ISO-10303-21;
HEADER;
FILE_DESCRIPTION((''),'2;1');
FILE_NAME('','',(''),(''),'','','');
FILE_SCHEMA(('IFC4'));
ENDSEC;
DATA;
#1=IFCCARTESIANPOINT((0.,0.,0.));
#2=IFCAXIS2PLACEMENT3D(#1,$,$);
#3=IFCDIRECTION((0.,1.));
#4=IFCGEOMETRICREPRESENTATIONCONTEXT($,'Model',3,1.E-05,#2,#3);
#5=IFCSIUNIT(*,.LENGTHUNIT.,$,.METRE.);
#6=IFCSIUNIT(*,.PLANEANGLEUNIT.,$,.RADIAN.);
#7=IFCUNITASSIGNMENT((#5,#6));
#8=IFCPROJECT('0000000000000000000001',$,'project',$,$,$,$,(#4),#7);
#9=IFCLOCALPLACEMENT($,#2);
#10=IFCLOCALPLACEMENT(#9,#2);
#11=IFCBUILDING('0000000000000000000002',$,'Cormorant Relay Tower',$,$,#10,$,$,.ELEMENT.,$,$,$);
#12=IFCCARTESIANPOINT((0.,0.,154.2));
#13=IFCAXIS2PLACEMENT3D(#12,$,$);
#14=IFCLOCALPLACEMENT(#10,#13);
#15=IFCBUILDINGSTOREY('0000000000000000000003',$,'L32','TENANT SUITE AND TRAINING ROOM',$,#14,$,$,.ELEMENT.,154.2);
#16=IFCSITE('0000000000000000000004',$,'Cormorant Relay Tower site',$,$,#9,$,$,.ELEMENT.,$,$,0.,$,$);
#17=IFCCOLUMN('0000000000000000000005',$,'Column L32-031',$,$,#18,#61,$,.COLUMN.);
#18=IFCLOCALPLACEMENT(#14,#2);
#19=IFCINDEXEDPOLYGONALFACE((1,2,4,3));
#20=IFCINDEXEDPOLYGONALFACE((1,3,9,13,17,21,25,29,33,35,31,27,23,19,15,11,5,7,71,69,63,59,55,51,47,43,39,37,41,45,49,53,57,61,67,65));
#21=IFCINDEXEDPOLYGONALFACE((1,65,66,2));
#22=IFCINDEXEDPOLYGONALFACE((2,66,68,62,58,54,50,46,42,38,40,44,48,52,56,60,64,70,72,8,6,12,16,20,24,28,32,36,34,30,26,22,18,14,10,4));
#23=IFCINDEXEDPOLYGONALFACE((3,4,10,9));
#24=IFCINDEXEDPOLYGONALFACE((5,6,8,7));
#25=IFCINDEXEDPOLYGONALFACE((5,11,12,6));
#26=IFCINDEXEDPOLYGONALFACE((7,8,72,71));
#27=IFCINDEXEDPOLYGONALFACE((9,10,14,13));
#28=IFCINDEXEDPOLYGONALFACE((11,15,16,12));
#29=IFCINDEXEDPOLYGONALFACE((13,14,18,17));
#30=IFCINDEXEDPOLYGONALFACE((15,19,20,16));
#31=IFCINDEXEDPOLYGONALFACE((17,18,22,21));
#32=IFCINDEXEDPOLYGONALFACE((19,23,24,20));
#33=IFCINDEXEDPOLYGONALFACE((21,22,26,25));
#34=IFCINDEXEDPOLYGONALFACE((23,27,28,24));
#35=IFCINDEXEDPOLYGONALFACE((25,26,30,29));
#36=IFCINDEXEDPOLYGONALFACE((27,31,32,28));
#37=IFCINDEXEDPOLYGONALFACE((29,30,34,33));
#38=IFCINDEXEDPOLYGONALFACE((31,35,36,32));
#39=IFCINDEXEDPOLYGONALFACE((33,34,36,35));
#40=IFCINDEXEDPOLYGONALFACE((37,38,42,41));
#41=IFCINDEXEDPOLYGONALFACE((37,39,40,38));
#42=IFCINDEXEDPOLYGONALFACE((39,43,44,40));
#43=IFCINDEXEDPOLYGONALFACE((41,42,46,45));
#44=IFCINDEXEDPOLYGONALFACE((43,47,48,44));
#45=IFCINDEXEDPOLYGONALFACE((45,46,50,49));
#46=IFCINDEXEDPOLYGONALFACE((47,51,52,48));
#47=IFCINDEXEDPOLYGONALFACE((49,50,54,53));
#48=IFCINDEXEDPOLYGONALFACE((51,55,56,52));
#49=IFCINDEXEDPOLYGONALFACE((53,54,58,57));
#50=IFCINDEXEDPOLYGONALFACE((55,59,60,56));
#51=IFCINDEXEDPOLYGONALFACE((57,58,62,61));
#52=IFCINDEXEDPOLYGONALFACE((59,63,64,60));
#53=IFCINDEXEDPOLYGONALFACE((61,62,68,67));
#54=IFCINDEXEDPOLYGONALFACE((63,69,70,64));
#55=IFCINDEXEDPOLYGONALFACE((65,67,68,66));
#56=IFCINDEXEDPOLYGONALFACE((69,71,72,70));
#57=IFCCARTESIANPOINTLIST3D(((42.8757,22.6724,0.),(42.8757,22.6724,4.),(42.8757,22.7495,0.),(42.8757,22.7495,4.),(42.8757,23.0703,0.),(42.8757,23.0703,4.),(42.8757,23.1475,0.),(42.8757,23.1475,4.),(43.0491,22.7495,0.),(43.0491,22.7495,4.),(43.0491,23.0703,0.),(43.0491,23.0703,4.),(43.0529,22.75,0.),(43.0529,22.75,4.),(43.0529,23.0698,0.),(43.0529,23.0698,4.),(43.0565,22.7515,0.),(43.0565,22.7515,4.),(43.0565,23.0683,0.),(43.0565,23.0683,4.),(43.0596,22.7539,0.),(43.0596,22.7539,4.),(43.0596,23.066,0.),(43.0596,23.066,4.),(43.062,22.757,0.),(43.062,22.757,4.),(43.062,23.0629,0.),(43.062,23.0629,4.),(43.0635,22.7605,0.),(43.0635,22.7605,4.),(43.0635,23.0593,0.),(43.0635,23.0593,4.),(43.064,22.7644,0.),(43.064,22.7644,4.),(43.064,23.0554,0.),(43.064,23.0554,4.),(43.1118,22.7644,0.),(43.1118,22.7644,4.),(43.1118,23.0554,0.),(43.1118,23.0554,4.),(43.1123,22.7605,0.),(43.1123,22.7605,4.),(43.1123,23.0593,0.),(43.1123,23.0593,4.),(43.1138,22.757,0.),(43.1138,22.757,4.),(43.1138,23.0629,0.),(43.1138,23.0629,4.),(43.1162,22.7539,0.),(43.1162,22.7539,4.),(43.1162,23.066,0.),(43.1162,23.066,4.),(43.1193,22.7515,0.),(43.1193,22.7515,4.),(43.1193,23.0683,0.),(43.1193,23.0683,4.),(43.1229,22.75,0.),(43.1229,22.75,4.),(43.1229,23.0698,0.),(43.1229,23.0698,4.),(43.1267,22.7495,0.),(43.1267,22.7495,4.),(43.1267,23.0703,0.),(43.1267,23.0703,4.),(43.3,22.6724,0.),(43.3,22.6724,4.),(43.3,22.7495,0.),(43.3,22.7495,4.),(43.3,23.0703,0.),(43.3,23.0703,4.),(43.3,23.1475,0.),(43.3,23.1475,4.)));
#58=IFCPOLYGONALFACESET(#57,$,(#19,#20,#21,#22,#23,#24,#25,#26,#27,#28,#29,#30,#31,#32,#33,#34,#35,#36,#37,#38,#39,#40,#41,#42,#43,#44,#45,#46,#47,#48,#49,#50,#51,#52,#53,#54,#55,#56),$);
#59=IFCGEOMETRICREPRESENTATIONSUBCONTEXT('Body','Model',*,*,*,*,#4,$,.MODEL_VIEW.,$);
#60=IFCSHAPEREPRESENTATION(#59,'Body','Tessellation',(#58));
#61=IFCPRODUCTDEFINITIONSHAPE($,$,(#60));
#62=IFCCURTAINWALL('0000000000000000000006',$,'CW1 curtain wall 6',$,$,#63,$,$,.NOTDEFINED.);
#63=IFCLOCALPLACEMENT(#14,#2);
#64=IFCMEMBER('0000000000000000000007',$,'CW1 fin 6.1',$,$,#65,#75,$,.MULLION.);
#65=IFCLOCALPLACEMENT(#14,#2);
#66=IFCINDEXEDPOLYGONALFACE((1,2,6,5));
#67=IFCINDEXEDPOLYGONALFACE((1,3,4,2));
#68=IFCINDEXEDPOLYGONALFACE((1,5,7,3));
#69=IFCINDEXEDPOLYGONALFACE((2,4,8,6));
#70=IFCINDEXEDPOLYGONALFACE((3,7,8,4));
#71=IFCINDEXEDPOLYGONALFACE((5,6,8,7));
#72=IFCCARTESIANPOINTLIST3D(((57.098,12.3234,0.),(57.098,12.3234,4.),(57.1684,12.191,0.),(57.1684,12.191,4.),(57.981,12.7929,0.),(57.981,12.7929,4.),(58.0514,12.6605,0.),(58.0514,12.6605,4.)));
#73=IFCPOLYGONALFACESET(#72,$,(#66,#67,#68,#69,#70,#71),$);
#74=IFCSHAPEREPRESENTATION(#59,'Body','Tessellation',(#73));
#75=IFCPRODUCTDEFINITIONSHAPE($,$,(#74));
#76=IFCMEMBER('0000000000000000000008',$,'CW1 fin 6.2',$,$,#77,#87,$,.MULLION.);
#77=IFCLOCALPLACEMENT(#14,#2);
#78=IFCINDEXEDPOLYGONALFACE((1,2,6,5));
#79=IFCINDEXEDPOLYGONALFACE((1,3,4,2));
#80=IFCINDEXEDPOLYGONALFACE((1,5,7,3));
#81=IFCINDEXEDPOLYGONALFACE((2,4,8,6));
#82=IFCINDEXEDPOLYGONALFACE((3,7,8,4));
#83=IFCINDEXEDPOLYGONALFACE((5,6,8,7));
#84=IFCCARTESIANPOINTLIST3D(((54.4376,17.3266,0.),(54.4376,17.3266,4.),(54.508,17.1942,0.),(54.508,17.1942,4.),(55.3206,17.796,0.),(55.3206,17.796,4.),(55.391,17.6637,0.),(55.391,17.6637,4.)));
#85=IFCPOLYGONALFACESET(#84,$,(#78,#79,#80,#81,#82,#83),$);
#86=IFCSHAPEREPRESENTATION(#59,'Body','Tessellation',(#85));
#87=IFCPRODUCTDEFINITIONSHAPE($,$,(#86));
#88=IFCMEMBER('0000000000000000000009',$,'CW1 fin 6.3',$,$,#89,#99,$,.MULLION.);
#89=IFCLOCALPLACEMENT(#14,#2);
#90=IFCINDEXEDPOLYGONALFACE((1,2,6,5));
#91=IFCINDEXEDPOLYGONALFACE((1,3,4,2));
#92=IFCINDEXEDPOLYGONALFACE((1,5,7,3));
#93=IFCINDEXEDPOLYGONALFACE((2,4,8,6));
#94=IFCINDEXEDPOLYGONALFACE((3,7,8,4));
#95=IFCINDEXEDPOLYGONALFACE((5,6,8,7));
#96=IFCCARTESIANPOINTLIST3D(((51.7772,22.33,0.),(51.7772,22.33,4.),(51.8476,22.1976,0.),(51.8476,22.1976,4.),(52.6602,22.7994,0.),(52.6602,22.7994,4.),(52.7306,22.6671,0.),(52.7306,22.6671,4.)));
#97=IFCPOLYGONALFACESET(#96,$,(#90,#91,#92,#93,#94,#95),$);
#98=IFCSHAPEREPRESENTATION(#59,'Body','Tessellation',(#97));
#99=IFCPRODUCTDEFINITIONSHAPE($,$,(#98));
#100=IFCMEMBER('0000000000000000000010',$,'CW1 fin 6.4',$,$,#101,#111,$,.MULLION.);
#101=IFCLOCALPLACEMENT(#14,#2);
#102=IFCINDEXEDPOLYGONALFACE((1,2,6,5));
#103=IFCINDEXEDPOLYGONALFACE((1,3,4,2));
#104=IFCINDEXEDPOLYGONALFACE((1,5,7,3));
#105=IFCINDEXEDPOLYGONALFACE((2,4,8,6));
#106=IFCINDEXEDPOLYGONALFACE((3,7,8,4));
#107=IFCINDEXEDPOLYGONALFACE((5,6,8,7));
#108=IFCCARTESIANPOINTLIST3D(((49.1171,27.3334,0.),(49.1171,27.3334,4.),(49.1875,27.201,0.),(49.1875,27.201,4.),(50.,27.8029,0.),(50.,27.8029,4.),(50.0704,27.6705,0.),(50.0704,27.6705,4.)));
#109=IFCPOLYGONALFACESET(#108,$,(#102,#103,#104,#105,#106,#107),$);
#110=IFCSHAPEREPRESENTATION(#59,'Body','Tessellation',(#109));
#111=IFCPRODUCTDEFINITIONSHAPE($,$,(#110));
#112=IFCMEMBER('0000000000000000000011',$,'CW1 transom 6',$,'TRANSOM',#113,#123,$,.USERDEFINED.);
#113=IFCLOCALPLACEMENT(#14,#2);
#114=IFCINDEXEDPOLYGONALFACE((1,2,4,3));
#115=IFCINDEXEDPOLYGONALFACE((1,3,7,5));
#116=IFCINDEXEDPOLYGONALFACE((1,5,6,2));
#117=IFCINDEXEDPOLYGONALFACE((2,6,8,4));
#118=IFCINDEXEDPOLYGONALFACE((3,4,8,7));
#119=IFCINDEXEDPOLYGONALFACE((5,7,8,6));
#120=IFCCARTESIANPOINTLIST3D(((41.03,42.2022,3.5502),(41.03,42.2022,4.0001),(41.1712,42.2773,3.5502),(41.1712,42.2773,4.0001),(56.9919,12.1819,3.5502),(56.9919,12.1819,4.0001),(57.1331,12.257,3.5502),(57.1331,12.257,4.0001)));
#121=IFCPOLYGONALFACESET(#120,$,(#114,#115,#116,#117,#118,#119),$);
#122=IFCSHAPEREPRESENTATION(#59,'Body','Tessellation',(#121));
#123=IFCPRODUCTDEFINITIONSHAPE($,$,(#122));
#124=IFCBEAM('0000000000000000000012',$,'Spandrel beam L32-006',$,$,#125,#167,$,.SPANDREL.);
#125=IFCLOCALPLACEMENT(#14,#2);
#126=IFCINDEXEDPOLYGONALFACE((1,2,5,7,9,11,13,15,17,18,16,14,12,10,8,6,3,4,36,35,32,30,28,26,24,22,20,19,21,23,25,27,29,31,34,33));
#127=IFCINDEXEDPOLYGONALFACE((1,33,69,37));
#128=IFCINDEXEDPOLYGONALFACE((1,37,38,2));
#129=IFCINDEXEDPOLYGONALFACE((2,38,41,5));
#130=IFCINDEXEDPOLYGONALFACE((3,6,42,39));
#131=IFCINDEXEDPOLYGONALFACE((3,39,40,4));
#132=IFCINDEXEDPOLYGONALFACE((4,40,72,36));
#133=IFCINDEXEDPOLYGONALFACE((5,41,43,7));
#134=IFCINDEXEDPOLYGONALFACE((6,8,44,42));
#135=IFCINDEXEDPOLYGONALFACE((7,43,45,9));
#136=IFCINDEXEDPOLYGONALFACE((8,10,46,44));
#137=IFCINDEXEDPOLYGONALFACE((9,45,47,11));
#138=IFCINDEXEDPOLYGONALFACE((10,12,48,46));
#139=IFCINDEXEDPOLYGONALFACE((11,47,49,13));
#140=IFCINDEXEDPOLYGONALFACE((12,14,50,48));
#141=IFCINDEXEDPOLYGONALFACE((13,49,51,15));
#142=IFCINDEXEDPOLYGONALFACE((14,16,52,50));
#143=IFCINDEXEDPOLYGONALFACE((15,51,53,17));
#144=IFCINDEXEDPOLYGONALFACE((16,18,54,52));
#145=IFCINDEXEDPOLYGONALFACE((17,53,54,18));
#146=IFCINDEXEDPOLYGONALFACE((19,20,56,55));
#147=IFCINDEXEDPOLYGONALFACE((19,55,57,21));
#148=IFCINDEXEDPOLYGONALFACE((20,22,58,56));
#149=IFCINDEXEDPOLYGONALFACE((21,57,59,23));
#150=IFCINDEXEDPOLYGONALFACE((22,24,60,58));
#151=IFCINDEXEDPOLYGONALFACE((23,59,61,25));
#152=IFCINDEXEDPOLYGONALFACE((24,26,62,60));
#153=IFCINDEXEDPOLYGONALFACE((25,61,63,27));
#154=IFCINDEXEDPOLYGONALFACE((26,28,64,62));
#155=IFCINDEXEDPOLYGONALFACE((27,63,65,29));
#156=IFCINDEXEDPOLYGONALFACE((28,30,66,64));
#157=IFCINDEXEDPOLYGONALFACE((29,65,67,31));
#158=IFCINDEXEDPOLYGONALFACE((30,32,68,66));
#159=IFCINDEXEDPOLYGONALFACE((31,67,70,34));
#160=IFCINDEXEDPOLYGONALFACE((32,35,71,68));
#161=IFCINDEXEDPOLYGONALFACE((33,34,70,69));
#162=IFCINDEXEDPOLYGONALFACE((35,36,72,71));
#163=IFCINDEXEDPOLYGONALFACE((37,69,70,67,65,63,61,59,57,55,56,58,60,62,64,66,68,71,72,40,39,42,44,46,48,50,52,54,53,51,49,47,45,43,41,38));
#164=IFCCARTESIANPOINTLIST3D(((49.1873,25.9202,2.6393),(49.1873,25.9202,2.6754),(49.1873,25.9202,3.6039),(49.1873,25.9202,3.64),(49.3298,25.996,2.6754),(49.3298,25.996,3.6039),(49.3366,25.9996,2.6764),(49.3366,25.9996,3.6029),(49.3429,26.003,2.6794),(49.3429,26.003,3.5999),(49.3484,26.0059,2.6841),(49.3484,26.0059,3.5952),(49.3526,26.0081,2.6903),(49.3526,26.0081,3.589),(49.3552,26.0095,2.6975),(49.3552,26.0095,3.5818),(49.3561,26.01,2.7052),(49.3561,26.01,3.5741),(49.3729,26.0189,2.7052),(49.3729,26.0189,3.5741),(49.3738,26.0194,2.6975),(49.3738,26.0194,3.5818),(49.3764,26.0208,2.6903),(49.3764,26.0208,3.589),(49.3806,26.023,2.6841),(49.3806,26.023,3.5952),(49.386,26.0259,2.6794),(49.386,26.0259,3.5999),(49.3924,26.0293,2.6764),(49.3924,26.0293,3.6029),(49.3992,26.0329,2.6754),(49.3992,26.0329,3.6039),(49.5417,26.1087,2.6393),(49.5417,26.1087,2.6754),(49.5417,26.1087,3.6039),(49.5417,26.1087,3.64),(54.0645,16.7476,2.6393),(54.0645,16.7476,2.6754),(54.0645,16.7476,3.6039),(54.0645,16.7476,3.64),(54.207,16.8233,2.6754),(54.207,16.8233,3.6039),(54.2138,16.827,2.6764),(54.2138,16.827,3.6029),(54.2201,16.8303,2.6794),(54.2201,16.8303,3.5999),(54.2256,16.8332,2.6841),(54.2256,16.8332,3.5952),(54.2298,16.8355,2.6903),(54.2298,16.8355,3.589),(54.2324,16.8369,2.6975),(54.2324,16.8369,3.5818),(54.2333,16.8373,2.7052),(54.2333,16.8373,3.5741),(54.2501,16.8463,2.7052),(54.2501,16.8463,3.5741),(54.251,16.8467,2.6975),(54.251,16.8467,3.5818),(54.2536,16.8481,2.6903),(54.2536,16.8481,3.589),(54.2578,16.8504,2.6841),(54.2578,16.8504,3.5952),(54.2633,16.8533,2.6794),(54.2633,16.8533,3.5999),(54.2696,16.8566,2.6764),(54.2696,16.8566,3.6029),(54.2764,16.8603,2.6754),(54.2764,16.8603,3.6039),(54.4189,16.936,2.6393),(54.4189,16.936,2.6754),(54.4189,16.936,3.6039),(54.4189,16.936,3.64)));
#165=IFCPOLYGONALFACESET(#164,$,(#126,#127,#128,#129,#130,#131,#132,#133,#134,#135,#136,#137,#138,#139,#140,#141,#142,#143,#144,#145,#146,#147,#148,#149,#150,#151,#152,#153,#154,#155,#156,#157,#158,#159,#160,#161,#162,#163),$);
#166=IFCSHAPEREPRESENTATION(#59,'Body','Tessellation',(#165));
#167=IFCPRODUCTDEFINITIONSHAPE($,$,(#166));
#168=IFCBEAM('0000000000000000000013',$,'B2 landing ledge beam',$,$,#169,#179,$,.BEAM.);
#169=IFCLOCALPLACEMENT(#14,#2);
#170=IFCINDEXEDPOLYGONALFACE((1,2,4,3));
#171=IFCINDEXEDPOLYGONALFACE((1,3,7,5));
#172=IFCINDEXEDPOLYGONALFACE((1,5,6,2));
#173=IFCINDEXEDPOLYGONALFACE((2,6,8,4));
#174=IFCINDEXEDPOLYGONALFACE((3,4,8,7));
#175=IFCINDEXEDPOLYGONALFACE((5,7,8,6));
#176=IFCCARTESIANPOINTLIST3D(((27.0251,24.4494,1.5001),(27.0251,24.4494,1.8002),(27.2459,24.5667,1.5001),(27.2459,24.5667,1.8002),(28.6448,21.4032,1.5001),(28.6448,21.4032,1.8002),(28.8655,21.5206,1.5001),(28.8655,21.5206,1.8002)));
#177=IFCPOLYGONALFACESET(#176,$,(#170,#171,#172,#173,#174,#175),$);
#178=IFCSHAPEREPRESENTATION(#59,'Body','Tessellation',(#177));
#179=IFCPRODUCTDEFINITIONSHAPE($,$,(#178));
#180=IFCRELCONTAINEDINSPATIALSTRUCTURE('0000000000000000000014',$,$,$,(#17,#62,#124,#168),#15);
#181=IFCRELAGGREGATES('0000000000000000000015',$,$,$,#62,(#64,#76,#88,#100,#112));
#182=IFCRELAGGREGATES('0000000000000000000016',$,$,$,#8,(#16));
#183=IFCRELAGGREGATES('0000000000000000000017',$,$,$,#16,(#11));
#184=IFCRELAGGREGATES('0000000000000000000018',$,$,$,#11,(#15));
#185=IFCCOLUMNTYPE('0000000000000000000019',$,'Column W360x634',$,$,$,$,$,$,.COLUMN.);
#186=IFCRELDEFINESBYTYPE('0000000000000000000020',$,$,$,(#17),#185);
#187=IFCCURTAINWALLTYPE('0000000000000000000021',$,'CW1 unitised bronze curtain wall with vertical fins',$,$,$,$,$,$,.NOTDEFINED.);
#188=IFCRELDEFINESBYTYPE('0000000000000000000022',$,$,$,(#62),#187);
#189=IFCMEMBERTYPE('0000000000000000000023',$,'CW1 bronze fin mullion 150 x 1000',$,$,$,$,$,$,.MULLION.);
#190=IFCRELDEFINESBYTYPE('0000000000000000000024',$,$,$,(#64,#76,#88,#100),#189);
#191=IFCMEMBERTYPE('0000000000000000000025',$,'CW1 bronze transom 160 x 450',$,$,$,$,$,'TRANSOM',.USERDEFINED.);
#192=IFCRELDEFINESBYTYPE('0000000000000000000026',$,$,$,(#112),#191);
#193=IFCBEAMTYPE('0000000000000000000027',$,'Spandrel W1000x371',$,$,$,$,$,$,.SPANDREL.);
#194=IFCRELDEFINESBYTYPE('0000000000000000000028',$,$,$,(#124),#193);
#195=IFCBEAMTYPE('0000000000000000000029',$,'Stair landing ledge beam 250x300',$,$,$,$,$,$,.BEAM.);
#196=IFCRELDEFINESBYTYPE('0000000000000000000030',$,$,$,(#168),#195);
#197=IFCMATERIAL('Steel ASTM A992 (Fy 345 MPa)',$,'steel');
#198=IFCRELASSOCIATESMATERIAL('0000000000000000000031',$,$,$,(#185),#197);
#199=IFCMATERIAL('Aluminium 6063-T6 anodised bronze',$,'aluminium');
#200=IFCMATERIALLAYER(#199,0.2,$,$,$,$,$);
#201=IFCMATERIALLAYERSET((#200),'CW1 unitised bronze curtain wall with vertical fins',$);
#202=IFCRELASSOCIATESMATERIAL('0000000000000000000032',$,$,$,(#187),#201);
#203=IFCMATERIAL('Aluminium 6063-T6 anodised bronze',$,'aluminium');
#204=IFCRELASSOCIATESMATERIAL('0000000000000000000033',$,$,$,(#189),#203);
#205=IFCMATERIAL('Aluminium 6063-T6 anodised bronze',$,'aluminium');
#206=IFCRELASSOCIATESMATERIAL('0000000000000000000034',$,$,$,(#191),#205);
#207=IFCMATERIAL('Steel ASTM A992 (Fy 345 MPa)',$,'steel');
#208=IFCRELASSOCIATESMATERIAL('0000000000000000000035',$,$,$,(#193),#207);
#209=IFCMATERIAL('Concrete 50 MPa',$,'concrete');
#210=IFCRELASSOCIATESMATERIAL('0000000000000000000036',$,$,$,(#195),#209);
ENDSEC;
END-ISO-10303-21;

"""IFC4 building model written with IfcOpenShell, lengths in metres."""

from ifc_helpers import new_model, si_unit, direction, frame, origin, origin_2d, place, context, subcontext, project, spatial, rectangle, i_section, extrude, material, layer, layer_set, material_profile, profile_set, type_object, element, aggregate, save


model = new_model("IFC4")

# Units and contexts
model_context = context("Model", 3, precision=1e-05, world=origin(), true_north=direction((0.0, 1.0)))
body_context = subcontext(model_context, "Body", "Model", "MODEL_VIEW")
ifc_project = project(units=[si_unit("LENGTHUNIT", "METRE"), si_unit("PLANEANGLEUNIT", "RADIAN")], contexts=[model_context])

# Site, building, storey
site_placement = place(None, origin())
site = spatial("IfcSite", under=ifc_project, at=site_placement, Name="Cormorant Relay Tower site", CompositionType="ELEMENT", RefElevation=0.0)
building_placement = place(site_placement, origin())
building = spatial("IfcBuilding", under=site, at=building_placement, Name="Cormorant Relay Tower", CompositionType="ELEMENT")
storey_placement = place(building_placement, frame((0.0, 0.0, 154.2)))
storey = spatial("IfcBuildingStorey", under=building, at=storey_placement, Name="L32", Description="TENANT SUITE AND TRAINING ROOM", CompositionType="ELEMENT", Elevation=154.2)

# Column
ifc_material_1 = material(Name="Steel ASTM A992 (Fy 345 MPa)", Category="steel")
ifc_material_profile_1 = material_profile(ifc_material_1, i_section(OverallWidth=0.4243, OverallDepth=0.4751, WebThickness=0.0479, FlangeThickness=0.0771, FilletRadius=0.0149, at=origin_2d()), Name="W360x634")
ifc_profile_set_1 = profile_set([ifc_material_profile_1], Name="Steel ASTM A992 (Fy 345 MPa)")
column_type_1 = type_object("IfcColumnType", Name="Column W360x634", PredefinedType="COLUMN", material=ifc_profile_set_1)
for number, where, z_axis, x_axis, name in (
    (1, (43.0879, 22.9099, 0.0), (0.0, 0.0, 1.0), (1.0, 0.0, 0.0), "Column L32-031"),
):
    element("IfcColumn", number, at=place(storey_placement, frame(where, z_axis=z_axis, x_axis=x_axis)), inside=storey, type_object=column_type_1, Name=name, PredefinedType="COLUMN", context=body_context, shape_type="SweptSolid", body=[
        extrude(i_section(OverallWidth=0.4243, OverallDepth=0.4751, WebThickness=0.0479, FlangeThickness=0.0771, FilletRadius=0.0149, at=origin_2d()), origin(), (0.0, 0.0, 1.0), 4.0),
    ])

# Curtain wall, members
ifc_material_2 = material(Name="Aluminium 6063-T6 anodised bronze", Category="aluminium")
ifc_layer_1 = layer(ifc_material_2, 0.2)
ifc_layer_set_1 = layer_set([ifc_layer_1], Name="CW1 unitised bronze curtain wall with vertical fins")
curtain_wall_type = type_object("IfcCurtainWallType", Name="CW1 unitised bronze curtain wall with vertical fins", PredefinedType="NOTDEFINED", material=ifc_layer_set_1)
curtain_wall_1_placement = place(storey_placement, origin())
curtain_wall_1 = element("IfcCurtainWall", 2, at=curtain_wall_1_placement, inside=storey, type_object=curtain_wall_type, Name="CW1 curtain wall 6", PredefinedType="NOTDEFINED")
ifc_material_3 = material(Name="Aluminium 6063-T6 anodised bronze", Category="aluminium")
ifc_material_profile_2 = material_profile(ifc_material_3, rectangle(XDim=0.1499, YDim=1.0, at=origin_2d()), Name="AL 150x1000")
ifc_profile_set_2 = profile_set([ifc_material_profile_2], Name="Aluminium 6063-T6 anodised bronze")
member_type_1 = type_object("IfcMemberType", Name="CW1 bronze fin mullion 150 x 1000", PredefinedType="MULLION", material=ifc_profile_set_2)
member_1_placement = place(storey_placement, frame((57.5747, 12.4919, 0.0), z_axis=(0.0, 0.0, 1.0), x_axis=(-0.469472, 0.882948, 0.0)))
member_1 = element("IfcMember", 3, at=member_1_placement, type_object=member_type_1, Name="CW1 fin 6.1", PredefinedType="MULLION", context=body_context, shape_type="SweptSolid", body=[
    extrude(rectangle(XDim=0.1499, YDim=1.0, at=origin_2d()), origin(), (0.0, 0.0, 1.0), 4.0),
])
member_2_placement = place(storey_placement, frame((54.9143, 17.4951, 0.0), z_axis=(0.0, 0.0, 1.0), x_axis=(-0.469472, 0.882948, 0.0)))
member_2 = element("IfcMember", 4, at=member_2_placement, type_object=member_type_1, Name="CW1 fin 6.2", PredefinedType="MULLION", context=body_context, shape_type="SweptSolid", body=[
    extrude(rectangle(XDim=0.1499, YDim=1.0, at=origin_2d()), origin(), (0.0, 0.0, 1.0), 4.0),
])
member_3_placement = place(storey_placement, frame((52.2539, 22.4985, 0.0), z_axis=(0.0, 0.0, 1.0), x_axis=(-0.469472, 0.882948, 0.0)))
member_3 = element("IfcMember", 5, at=member_3_placement, type_object=member_type_1, Name="CW1 fin 6.3", PredefinedType="MULLION", context=body_context, shape_type="SweptSolid", body=[
    extrude(rectangle(XDim=0.1499, YDim=1.0, at=origin_2d()), origin(), (0.0, 0.0, 1.0), 4.0),
])
member_4_placement = place(storey_placement, frame((49.5938, 27.502, 0.0), z_axis=(0.0, 0.0, 1.0), x_axis=(-0.469472, 0.882948, 0.0)))
member_4 = element("IfcMember", 6, at=member_4_placement, type_object=member_type_1, Name="CW1 fin 6.4", PredefinedType="MULLION", context=body_context, shape_type="SweptSolid", body=[
    extrude(rectangle(XDim=0.1499, YDim=1.0, at=origin_2d()), origin(), (0.0, 0.0, 1.0), 4.0),
])
ifc_material_4 = material(Name="Aluminium 6063-T6 anodised bronze", Category="aluminium")
ifc_material_profile_3 = material_profile(ifc_material_4, rectangle(XDim=0.1599, YDim=0.45, at=origin_2d()), Name="AL 160x450")
ifc_profile_set_3 = profile_set([ifc_material_profile_3], Name="Aluminium 6063-T6 anodised bronze")
member_type_2 = type_object("IfcMemberType", Name="CW1 bronze transom 160 x 450", ElementType="TRANSOM", PredefinedType="USERDEFINED", material=ifc_profile_set_3)
member_5_placement = place(storey_placement, frame((57.0625, 12.2195, 3.7751), z_axis=(-0.469468, 0.882949, 0.0), x_axis=(-0.882949, -0.469468, 0.0)))
member_5 = element("IfcMember", 7, at=member_5_placement, type_object=member_type_2, Name="CW1 transom 6", ObjectType="TRANSOM", PredefinedType="USERDEFINED", context=body_context, shape_type="SweptSolid", body=[
    extrude(rectangle(XDim=0.1599, YDim=0.45, at=origin_2d()), origin(), (0.0, 0.0, 1.0), 34.0),
])

# Beams
ifc_material_5 = material(Name="Steel ASTM A992 (Fy 345 MPa)", Category="steel")
ifc_material_profile_4 = material_profile(ifc_material_5, i_section(OverallWidth=0.4014, OverallDepth=1.0007, WebThickness=0.019, FlangeThickness=0.0361, FilletRadius=0.0298, at=origin_2d()), Name="W1000x371")
ifc_profile_set_4 = profile_set([ifc_material_profile_4], Name="Steel ASTM A992 (Fy 345 MPa)")
beam_type_1 = type_object("IfcBeamType", Name="Spandrel W1000x371", PredefinedType="SPANDREL", material=ifc_profile_set_4)
beam_1_placement = place(storey_placement, frame((54.2417, 16.8418, 3.1396), z_axis=(-0.469474, 0.882946, 0.0), x_axis=(-0.882946, -0.469474, 0.0)))
element("IfcBeam", 8, at=beam_1_placement, inside=storey, type_object=beam_type_1, Name="Spandrel beam L32-006", PredefinedType="SPANDREL", context=body_context, shape_type="SweptSolid", body=[
    extrude(i_section(OverallWidth=0.4014, OverallDepth=1.0007, WebThickness=0.019, FlangeThickness=0.0361, FilletRadius=0.0298, at=origin_2d()), origin(), (0.0, 0.0, 1.0), 10.3887),
])
ifc_material_6 = material(Name="Concrete 50 MPa", Category="concrete")
ifc_material_profile_5 = material_profile(ifc_material_6, rectangle(XDim=0.25, YDim=0.3, at=origin_2d()), Name="RC 250x300")
ifc_profile_set_5 = profile_set([ifc_material_profile_5], Name="Concrete 50 MPa")
beam_type_2 = type_object("IfcBeamType", Name="Stair landing ledge beam 250x300", PredefinedType="BEAM", material=ifc_profile_set_5)
beam_2_placement = place(storey_placement, frame((28.7551, 21.4619, 1.6501), z_axis=(-0.469464, 0.882952, 0.0), x_axis=(-0.882952, -0.469464, 0.0)))
element("IfcBeam", 9, at=beam_2_placement, inside=storey, type_object=beam_type_2, Name="B2 landing ledge beam", PredefinedType="BEAM", context=body_context, shape_type="SweptSolid", body=[
    extrude(rectangle(XDim=0.25, YDim=0.3, at=origin_2d()), origin(), (0.0, 0.0, 1.0), 3.45),
])

aggregate(curtain_wall_1, [member_1, member_2, member_3, member_4, member_5])

save(model, "model.ifc")
